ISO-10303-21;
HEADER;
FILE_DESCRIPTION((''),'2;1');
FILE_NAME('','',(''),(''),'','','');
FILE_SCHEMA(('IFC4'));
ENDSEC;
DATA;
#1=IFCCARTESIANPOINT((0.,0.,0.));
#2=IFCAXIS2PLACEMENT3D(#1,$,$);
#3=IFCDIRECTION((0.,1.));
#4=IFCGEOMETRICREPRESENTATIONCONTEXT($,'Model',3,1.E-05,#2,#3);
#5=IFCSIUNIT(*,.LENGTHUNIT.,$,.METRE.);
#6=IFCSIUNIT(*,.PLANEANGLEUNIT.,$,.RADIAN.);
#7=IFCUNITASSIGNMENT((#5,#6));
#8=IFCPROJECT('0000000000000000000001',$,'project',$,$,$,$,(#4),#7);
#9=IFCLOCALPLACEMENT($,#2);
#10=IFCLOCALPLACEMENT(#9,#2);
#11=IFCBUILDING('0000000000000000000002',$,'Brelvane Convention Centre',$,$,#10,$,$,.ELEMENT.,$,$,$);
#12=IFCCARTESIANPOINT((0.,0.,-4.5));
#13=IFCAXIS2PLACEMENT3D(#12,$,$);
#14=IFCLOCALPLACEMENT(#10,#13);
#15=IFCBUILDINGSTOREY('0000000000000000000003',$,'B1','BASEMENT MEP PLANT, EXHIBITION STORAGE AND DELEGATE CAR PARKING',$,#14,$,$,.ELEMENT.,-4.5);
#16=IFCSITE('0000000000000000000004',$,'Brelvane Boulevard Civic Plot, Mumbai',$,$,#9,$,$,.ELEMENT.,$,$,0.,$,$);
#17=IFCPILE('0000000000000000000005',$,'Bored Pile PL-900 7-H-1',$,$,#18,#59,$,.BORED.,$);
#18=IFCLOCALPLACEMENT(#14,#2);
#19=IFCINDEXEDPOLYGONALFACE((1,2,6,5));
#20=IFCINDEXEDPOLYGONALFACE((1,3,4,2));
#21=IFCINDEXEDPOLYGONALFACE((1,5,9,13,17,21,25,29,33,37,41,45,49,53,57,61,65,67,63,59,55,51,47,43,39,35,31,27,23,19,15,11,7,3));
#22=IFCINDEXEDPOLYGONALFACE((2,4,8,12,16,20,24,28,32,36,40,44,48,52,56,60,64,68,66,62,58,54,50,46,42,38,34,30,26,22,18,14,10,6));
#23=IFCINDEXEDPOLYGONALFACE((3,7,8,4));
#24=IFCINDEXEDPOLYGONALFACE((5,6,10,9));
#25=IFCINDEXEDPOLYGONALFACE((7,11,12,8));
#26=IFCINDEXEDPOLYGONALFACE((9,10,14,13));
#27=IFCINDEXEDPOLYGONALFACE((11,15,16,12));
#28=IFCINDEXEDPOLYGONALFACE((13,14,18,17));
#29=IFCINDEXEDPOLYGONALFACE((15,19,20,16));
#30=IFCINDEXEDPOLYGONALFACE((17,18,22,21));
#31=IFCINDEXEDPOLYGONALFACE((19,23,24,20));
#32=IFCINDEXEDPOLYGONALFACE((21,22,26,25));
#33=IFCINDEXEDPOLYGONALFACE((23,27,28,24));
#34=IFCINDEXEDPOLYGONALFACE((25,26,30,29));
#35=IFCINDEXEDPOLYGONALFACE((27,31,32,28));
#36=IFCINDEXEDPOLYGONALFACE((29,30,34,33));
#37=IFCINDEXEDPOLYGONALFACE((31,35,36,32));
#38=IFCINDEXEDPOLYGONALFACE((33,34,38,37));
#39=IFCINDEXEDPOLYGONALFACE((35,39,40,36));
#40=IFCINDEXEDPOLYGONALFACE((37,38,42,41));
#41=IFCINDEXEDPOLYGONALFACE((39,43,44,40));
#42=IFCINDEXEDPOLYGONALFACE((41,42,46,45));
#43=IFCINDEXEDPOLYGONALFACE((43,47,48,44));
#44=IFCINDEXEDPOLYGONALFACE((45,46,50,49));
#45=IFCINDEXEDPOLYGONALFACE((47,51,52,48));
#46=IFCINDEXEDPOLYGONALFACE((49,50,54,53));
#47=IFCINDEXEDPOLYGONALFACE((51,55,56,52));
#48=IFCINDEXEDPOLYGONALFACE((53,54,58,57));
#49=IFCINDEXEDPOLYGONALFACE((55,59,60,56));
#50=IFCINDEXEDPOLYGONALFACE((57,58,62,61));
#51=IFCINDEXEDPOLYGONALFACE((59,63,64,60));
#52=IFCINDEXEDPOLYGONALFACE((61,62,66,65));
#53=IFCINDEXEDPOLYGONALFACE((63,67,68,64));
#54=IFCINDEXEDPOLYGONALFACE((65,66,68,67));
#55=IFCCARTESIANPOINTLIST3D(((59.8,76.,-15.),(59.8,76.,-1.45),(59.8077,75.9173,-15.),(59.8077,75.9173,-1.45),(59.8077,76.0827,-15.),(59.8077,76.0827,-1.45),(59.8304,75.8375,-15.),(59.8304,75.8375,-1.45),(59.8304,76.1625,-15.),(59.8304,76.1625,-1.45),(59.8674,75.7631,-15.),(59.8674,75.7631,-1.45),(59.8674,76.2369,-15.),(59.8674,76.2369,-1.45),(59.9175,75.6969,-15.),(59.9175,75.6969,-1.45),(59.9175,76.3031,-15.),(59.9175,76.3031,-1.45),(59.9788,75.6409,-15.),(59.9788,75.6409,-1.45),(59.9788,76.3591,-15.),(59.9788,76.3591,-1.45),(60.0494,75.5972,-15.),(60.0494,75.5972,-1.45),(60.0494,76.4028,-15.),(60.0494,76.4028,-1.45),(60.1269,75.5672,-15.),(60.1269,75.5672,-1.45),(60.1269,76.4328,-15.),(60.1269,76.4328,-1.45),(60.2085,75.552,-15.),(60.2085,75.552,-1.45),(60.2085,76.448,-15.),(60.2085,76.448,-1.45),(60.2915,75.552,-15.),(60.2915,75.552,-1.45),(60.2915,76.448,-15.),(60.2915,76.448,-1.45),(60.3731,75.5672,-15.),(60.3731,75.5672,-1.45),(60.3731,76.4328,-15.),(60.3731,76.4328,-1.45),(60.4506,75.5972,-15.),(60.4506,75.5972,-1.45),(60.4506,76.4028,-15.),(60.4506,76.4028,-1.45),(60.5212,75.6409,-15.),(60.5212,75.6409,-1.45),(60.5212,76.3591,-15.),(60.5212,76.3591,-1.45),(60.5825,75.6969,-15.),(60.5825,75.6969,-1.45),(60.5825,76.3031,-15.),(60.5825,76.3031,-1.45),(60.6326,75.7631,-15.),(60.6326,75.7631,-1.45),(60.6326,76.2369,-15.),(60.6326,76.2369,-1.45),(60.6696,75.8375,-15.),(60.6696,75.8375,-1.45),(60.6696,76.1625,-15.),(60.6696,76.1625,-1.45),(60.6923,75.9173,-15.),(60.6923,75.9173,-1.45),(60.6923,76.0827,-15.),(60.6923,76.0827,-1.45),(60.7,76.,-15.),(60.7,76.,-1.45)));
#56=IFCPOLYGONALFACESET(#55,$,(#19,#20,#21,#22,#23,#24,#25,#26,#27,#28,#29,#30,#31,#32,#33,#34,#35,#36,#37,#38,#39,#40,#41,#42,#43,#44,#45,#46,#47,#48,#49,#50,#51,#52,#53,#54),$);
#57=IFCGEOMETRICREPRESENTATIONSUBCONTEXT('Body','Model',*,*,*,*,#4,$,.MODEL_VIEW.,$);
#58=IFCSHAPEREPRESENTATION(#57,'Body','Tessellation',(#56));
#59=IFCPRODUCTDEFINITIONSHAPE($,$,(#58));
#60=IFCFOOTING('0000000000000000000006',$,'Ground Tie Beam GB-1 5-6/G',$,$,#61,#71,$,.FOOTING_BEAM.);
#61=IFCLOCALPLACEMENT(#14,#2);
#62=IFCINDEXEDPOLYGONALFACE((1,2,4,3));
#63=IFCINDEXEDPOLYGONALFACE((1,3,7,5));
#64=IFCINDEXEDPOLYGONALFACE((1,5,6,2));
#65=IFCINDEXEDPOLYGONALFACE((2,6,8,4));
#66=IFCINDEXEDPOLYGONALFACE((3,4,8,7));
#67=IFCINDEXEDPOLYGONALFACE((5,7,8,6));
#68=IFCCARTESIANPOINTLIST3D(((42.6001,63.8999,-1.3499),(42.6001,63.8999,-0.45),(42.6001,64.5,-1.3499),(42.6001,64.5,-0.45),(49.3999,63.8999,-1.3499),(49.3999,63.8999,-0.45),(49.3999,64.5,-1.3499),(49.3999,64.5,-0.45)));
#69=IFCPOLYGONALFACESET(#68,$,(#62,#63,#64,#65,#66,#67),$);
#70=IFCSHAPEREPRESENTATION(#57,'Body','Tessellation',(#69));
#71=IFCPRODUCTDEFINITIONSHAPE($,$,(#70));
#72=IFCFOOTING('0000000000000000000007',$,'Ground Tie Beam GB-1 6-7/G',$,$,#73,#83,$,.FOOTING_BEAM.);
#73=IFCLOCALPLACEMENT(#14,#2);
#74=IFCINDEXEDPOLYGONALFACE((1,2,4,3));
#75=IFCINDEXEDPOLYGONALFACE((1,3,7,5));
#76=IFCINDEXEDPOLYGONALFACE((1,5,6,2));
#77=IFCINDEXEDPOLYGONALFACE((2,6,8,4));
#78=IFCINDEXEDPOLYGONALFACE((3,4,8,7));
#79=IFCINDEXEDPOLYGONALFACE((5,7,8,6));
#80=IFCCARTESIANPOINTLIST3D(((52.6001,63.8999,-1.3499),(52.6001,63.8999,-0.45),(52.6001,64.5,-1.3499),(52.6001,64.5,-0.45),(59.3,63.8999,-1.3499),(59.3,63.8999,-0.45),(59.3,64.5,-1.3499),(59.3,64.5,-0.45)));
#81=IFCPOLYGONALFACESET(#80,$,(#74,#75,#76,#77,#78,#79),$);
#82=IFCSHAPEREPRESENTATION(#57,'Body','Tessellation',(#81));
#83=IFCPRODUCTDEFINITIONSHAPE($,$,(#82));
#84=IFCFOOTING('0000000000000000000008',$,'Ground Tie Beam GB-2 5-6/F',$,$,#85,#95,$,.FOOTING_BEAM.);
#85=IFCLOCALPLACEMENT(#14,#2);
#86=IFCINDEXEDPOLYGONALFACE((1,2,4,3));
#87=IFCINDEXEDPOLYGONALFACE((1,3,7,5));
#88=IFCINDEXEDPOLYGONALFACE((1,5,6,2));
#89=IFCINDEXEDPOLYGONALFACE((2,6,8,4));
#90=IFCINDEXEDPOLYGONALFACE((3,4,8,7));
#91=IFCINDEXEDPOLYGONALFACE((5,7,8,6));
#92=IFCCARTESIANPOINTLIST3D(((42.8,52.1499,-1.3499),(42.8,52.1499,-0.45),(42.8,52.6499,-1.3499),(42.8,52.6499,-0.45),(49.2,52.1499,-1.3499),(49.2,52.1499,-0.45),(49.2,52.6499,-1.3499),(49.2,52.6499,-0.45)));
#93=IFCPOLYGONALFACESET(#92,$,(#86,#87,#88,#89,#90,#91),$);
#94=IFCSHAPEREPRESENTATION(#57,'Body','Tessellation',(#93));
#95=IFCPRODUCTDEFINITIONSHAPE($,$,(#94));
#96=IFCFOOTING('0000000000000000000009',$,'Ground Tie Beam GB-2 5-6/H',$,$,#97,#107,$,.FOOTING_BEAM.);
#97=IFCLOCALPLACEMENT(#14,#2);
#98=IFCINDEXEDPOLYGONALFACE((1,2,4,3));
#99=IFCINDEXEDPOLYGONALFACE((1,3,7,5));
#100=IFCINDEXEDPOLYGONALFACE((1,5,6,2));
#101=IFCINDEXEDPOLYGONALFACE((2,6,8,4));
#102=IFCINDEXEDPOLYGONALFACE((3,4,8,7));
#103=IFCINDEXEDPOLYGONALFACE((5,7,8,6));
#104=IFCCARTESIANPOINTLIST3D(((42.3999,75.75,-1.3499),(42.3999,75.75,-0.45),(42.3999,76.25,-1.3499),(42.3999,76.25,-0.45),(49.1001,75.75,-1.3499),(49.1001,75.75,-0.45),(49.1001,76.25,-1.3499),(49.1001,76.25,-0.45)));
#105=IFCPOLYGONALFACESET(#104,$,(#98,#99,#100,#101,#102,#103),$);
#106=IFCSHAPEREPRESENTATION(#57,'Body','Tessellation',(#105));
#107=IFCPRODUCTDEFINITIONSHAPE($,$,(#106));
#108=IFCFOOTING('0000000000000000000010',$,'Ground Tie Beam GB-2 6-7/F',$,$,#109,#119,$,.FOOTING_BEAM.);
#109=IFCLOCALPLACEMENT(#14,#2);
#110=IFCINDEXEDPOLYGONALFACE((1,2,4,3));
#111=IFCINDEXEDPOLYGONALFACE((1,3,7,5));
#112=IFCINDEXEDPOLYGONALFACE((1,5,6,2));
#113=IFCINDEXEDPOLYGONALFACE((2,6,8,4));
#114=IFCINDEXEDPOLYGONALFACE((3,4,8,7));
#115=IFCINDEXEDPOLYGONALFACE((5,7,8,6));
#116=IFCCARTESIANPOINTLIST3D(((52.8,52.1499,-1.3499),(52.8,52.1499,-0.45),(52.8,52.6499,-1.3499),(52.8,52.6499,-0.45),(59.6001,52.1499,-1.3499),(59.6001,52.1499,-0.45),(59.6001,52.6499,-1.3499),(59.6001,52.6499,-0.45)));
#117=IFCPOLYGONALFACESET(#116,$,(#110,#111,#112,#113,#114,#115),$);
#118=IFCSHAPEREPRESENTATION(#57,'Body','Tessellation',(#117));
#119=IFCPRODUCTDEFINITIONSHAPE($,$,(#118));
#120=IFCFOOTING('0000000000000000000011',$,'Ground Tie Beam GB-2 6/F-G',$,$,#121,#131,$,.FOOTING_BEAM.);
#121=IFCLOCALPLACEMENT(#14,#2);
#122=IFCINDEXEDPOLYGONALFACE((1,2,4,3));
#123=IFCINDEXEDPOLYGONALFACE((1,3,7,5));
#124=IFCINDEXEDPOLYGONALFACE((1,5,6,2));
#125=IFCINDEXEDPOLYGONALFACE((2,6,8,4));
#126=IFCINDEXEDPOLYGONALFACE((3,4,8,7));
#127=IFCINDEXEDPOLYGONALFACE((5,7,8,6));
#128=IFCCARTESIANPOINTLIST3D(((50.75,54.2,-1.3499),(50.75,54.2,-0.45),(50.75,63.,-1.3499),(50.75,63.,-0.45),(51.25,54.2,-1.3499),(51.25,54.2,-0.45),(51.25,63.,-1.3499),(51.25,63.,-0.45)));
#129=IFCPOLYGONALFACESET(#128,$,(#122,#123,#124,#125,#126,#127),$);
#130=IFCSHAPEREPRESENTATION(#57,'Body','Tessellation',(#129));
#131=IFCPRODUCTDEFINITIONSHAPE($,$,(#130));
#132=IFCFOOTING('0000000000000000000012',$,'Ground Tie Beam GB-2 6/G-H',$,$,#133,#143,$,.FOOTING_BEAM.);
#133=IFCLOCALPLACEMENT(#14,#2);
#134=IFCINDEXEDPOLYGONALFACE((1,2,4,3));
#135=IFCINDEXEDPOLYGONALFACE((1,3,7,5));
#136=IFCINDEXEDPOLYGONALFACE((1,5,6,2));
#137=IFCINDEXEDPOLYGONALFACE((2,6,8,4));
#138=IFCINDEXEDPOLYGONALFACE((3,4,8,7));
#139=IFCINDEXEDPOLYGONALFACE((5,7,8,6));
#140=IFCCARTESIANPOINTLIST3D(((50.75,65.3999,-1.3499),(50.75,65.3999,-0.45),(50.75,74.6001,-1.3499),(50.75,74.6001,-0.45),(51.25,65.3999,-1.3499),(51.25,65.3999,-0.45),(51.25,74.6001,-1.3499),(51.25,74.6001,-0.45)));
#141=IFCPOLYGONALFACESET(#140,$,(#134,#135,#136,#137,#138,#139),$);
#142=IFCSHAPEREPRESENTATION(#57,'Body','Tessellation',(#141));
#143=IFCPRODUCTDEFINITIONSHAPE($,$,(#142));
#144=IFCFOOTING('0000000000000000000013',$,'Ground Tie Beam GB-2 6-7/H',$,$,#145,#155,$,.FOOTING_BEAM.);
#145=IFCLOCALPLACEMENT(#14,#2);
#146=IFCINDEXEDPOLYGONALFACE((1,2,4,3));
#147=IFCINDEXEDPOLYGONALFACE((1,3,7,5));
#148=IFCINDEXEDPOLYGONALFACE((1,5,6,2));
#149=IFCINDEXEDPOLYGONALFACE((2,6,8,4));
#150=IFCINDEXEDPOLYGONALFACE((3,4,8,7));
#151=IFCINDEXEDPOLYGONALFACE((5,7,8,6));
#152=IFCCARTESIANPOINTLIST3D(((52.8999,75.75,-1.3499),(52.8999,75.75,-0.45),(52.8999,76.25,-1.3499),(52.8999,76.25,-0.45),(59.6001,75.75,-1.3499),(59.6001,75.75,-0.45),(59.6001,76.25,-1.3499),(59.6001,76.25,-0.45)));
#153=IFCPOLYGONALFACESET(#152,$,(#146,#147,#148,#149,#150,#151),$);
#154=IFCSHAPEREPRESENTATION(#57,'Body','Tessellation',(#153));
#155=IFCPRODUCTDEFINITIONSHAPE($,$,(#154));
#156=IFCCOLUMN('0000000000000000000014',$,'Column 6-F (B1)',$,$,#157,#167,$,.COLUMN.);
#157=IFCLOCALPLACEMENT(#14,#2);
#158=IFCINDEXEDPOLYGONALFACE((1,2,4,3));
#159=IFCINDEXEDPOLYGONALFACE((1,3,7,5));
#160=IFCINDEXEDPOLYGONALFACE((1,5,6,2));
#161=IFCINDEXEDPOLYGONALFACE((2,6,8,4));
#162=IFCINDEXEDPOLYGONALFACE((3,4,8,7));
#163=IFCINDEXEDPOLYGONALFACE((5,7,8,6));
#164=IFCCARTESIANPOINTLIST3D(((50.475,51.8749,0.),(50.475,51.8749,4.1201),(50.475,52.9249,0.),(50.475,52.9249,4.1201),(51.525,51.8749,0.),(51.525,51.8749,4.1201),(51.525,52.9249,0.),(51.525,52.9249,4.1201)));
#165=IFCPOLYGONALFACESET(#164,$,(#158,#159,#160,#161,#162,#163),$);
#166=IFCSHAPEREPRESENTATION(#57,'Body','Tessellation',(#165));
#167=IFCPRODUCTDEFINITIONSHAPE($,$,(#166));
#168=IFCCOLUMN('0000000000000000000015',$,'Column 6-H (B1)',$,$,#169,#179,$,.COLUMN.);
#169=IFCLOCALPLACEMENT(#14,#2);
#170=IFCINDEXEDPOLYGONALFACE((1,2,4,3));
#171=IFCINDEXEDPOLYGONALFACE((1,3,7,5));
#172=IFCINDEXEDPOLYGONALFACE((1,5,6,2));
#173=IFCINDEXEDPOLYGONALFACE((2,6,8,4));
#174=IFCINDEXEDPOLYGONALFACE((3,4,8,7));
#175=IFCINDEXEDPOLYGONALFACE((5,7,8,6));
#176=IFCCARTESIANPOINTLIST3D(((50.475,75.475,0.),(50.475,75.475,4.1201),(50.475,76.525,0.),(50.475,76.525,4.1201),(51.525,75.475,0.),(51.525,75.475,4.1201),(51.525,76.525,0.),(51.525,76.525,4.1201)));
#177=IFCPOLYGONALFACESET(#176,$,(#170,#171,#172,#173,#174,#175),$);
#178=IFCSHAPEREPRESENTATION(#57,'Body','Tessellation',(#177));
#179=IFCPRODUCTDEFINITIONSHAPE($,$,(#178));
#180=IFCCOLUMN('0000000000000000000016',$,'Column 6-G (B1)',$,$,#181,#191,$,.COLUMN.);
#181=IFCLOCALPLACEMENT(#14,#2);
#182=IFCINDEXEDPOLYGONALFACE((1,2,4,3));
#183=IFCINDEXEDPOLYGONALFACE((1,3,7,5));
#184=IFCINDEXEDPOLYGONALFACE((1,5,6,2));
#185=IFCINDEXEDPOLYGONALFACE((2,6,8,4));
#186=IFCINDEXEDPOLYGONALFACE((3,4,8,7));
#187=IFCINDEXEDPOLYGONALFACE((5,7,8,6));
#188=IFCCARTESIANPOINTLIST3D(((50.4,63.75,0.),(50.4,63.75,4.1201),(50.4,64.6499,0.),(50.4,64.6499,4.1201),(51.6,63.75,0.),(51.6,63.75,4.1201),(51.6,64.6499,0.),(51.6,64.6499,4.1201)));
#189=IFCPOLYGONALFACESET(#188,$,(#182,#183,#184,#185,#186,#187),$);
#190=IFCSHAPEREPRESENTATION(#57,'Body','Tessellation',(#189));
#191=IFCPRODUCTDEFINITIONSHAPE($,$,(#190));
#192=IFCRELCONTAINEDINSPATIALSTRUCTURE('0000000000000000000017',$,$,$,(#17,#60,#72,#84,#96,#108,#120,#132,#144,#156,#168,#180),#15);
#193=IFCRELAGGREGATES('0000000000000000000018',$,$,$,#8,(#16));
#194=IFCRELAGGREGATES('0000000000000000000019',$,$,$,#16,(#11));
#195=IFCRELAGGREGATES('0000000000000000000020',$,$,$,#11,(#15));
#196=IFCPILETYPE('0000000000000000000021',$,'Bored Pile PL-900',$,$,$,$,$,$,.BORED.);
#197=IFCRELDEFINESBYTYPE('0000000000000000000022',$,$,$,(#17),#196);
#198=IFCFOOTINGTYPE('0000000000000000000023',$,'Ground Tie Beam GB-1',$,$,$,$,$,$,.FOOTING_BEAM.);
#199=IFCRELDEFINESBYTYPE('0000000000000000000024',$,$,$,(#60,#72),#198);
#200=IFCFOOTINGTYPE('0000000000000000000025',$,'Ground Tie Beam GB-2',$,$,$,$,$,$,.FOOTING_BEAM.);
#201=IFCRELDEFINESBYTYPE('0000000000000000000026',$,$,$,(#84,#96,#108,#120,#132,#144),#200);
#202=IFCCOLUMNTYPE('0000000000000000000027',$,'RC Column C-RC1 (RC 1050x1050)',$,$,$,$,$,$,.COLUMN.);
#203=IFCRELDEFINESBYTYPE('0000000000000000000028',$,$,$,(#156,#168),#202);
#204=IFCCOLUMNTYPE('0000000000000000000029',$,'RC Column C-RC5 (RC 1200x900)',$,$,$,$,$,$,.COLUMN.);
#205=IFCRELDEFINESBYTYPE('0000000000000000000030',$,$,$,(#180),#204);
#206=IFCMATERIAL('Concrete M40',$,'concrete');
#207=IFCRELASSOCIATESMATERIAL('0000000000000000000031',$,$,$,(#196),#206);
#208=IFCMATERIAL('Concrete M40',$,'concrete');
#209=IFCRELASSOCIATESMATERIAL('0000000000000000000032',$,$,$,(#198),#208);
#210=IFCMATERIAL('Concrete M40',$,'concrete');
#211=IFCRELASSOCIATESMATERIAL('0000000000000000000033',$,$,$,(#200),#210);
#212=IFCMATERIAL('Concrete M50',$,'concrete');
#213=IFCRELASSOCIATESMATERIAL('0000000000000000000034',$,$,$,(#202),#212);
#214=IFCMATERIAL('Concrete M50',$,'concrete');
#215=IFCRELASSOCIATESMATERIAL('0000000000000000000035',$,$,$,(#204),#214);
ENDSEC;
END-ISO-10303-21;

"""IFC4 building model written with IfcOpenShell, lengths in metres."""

from ifc_helpers import new_model, si_unit, direction, frame, origin, origin_2d, place, context, subcontext, project, spatial, rectangle, circle, extrude, material, material_profile, profile_set, type_object, element, save


model = new_model("IFC4")

# Units and contexts
model_context = context("Model", 3, precision=1e-05, world=origin(), true_north=direction((0.0, 1.0)))
body_context = subcontext(model_context, "Body", "Model", "MODEL_VIEW")
ifc_project = project(units=[si_unit("LENGTHUNIT", "METRE"), si_unit("PLANEANGLEUNIT", "RADIAN")], contexts=[model_context])

# Site, building, storey
site_placement = place(None, origin())
site = spatial("IfcSite", under=ifc_project, at=site_placement, Name="Brelvane Boulevard Civic Plot, Mumbai", CompositionType="ELEMENT", RefElevation=0.0)
building_placement = place(site_placement, origin())
building = spatial("IfcBuilding", under=site, at=building_placement, Name="Brelvane Convention Centre", CompositionType="ELEMENT")
storey_placement = place(building_placement, frame((0.0, 0.0, -4.5)))
storey = spatial("IfcBuildingStorey", under=building, at=storey_placement, Name="B1", Description="BASEMENT MEP PLANT, EXHIBITION STORAGE AND DELEGATE CAR PARKING", CompositionType="ELEMENT", Elevation=-4.5)

# Pile
ifc_material_1 = material(Name="Concrete M40", Category="concrete")
ifc_material_profile_1 = material_profile(ifc_material_1, circle(Radius=0.45, at=origin_2d()), Name="PILE D900")
ifc_profile_set_1 = profile_set([ifc_material_profile_1], Name="Concrete M40")
pile_type = type_object("IfcPileType", Name="Bored Pile PL-900", PredefinedType="BORED", material=ifc_profile_set_1)
pile_1_placement = place(storey_placement, frame((60.25, 76.0, -1.45), z_axis=(0.0, 0.0, -1.0), x_axis=(1.0, 0.0, 0.0)))
element("IfcPile", 1, at=pile_1_placement, inside=storey, type_object=pile_type, Name="Bored Pile PL-900 7-H-1", PredefinedType="BORED", context=body_context, shape_type="SweptSolid", body=[
    extrude(circle(Radius=0.45, at=origin_2d()), origin(), (0.0, 0.0, 1.0), 13.55),
])

# Footings
ifc_material_2 = material(Name="Concrete M40", Category="concrete")
ifc_material_profile_2 = material_profile(ifc_material_2, rectangle(XDim=0.6001, YDim=0.8999, at=origin_2d()), Name="RC 600x900")
ifc_profile_set_2 = profile_set([ifc_material_profile_2], Name="Concrete M40")
footing_type_1 = type_object("IfcFootingType", Name="Ground Tie Beam GB-1", PredefinedType="FOOTING_BEAM", material=ifc_profile_set_2)
footing_1_placement = place(storey_placement, frame((42.6001, 64.2, -0.8999), z_axis=(1.0, 0.0, 0.0), x_axis=(0.0, 1.0, 0.0)))
element("IfcFooting", 2, at=footing_1_placement, inside=storey, type_object=footing_type_1, Name="Ground Tie Beam GB-1 5-6/G", PredefinedType="FOOTING_BEAM", context=body_context, shape_type="SweptSolid", body=[
    extrude(rectangle(XDim=0.6001, YDim=0.8999, at=origin_2d()), origin(), (0.0, 0.0, 1.0), 6.7998),
])
footing_2_placement = place(storey_placement, frame((52.6001, 64.2, -0.8999), z_axis=(1.0, 0.0, 0.0), x_axis=(0.0, 1.0, 0.0)))
element("IfcFooting", 3, at=footing_2_placement, inside=storey, type_object=footing_type_1, Name="Ground Tie Beam GB-1 6-7/G", PredefinedType="FOOTING_BEAM", context=body_context, shape_type="SweptSolid", body=[
    extrude(rectangle(XDim=0.6001, YDim=0.8999, at=origin_2d()), origin(), (0.0, 0.0, 1.0), 6.7),
])
ifc_material_3 = material(Name="Concrete M40", Category="concrete")
ifc_material_profile_3 = material_profile(ifc_material_3, rectangle(XDim=0.5, YDim=0.8999, at=origin_2d()), Name="RC 500x900")
ifc_profile_set_3 = profile_set([ifc_material_profile_3], Name="Concrete M40")
footing_type_2 = type_object("IfcFootingType", Name="Ground Tie Beam GB-2", PredefinedType="FOOTING_BEAM", material=ifc_profile_set_3)
footing_3_placement = place(storey_placement, frame((42.8, 52.3999, -0.8999), z_axis=(1.0, 0.0, 0.0), x_axis=(0.0, 1.0, 0.0)))
element("IfcFooting", 4, at=footing_3_placement, inside=storey, type_object=footing_type_2, Name="Ground Tie Beam GB-2 5-6/F", PredefinedType="FOOTING_BEAM", context=body_context, shape_type="SweptSolid", body=[
    extrude(rectangle(XDim=0.5, YDim=0.8999, at=origin_2d()), origin(), (0.0, 0.0, 1.0), 6.3999),
])
footing_4_placement = place(storey_placement, frame((42.3999, 76.0, -0.8999), z_axis=(1.0, 0.0, 0.0), x_axis=(0.0, 1.0, 0.0)))
element("IfcFooting", 5, at=footing_4_placement, inside=storey, type_object=footing_type_2, Name="Ground Tie Beam GB-2 5-6/H", PredefinedType="FOOTING_BEAM", context=body_context, shape_type="SweptSolid", body=[
    extrude(rectangle(XDim=0.5, YDim=0.8999, at=origin_2d()), origin(), (0.0, 0.0, 1.0), 6.7002),
])
footing_5_placement = place(storey_placement, frame((52.8, 52.3999, -0.8999), z_axis=(1.0, 0.0, 0.0), x_axis=(0.0, 1.0, 0.0)))
element("IfcFooting", 6, at=footing_5_placement, inside=storey, type_object=footing_type_2, Name="Ground Tie Beam GB-2 6-7/F", PredefinedType="FOOTING_BEAM", context=body_context, shape_type="SweptSolid", body=[
    extrude(rectangle(XDim=0.5, YDim=0.8999, at=origin_2d()), origin(), (0.0, 0.0, 1.0), 6.8),
])
footing_6_placement = place(storey_placement, frame((51.0, 54.2, -0.8999), z_axis=(0.0, 1.0, 0.0), x_axis=(-1.0, 0.0, 0.0)))
element("IfcFooting", 7, at=footing_6_placement, inside=storey, type_object=footing_type_2, Name="Ground Tie Beam GB-2 6/F-G", PredefinedType="FOOTING_BEAM", context=body_context, shape_type="SweptSolid", body=[
    extrude(rectangle(XDim=0.5, YDim=0.8999, at=origin_2d()), origin(), (0.0, 0.0, 1.0), 8.8),
])
footing_7_placement = place(storey_placement, frame((51.0, 65.3999, -0.8999), z_axis=(0.0, 1.0, 0.0), x_axis=(-1.0, 0.0, 0.0)))
element("IfcFooting", 8, at=footing_7_placement, inside=storey, type_object=footing_type_2, Name="Ground Tie Beam GB-2 6/G-H", PredefinedType="FOOTING_BEAM", context=body_context, shape_type="SweptSolid", body=[
    extrude(rectangle(XDim=0.5, YDim=0.8999, at=origin_2d()), origin(), (0.0, 0.0, 1.0), 9.2002),
])
footing_8_placement = place(storey_placement, frame((52.8999, 76.0, -0.8999), z_axis=(1.0, 0.0, 0.0), x_axis=(0.0, 1.0, 0.0)))
element("IfcFooting", 9, at=footing_8_placement, inside=storey, type_object=footing_type_2, Name="Ground Tie Beam GB-2 6-7/H", PredefinedType="FOOTING_BEAM", context=body_context, shape_type="SweptSolid", body=[
    extrude(rectangle(XDim=0.5, YDim=0.8999, at=origin_2d()), origin(), (0.0, 0.0, 1.0), 6.7002),
])

# Columns
ifc_material_4 = material(Name="Concrete M50", Category="concrete")
ifc_material_profile_4 = material_profile(ifc_material_4, rectangle(XDim=1.05, YDim=1.05, at=origin_2d()), Name="RC 1050x1050")
ifc_profile_set_4 = profile_set([ifc_material_profile_4], Name="Concrete M50")
column_type_1 = type_object("IfcColumnType", Name="RC Column C-RC1 (RC 1050x1050)", PredefinedType="COLUMN", material=ifc_profile_set_4)
for number, where, z_axis, x_axis, name in (
    (10, (51.0, 52.3999, 0.0), (0.0, 0.0, 1.0), (1.0, 0.0, 0.0), "Column 6-F (B1)"),
    (11, (51.0, 76.0, 0.0), (0.0, 0.0, 1.0), (1.0, 0.0, 0.0), "Column 6-H (B1)"),
):
    element("IfcColumn", number, at=place(storey_placement, frame(where, z_axis=z_axis, x_axis=x_axis)), inside=storey, type_object=column_type_1, Name=name, PredefinedType="COLUMN", context=body_context, shape_type="SweptSolid", body=[
        extrude(rectangle(XDim=1.05, YDim=1.05, at=origin_2d()), origin(), (0.0, 0.0, 1.0), 4.1201),
    ])
ifc_material_5 = material(Name="Concrete M50", Category="concrete")
ifc_material_profile_5 = material_profile(ifc_material_5, rectangle(XDim=1.2, YDim=0.8999, at=origin_2d()), Name="RC 1200x900")
ifc_profile_set_5 = profile_set([ifc_material_profile_5], Name="Concrete M50")
column_type_2 = type_object("IfcColumnType", Name="RC Column C-RC5 (RC 1200x900)", PredefinedType="COLUMN", material=ifc_profile_set_5)
column_placement = place(storey_placement, frame((51.0, 64.2, 0.0), z_axis=(0.0, 0.0, 1.0), x_axis=(1.0, 0.0, 0.0)))
element("IfcColumn", 12, at=column_placement, inside=storey, type_object=column_type_2, Name="Column 6-G (B1)", PredefinedType="COLUMN", context=body_context, shape_type="SweptSolid", body=[
    extrude(rectangle(XDim=1.2, YDim=0.8999, at=origin_2d()), origin(), (0.0, 0.0, 1.0), 4.1201),
])

save(model, "model.ifc")
